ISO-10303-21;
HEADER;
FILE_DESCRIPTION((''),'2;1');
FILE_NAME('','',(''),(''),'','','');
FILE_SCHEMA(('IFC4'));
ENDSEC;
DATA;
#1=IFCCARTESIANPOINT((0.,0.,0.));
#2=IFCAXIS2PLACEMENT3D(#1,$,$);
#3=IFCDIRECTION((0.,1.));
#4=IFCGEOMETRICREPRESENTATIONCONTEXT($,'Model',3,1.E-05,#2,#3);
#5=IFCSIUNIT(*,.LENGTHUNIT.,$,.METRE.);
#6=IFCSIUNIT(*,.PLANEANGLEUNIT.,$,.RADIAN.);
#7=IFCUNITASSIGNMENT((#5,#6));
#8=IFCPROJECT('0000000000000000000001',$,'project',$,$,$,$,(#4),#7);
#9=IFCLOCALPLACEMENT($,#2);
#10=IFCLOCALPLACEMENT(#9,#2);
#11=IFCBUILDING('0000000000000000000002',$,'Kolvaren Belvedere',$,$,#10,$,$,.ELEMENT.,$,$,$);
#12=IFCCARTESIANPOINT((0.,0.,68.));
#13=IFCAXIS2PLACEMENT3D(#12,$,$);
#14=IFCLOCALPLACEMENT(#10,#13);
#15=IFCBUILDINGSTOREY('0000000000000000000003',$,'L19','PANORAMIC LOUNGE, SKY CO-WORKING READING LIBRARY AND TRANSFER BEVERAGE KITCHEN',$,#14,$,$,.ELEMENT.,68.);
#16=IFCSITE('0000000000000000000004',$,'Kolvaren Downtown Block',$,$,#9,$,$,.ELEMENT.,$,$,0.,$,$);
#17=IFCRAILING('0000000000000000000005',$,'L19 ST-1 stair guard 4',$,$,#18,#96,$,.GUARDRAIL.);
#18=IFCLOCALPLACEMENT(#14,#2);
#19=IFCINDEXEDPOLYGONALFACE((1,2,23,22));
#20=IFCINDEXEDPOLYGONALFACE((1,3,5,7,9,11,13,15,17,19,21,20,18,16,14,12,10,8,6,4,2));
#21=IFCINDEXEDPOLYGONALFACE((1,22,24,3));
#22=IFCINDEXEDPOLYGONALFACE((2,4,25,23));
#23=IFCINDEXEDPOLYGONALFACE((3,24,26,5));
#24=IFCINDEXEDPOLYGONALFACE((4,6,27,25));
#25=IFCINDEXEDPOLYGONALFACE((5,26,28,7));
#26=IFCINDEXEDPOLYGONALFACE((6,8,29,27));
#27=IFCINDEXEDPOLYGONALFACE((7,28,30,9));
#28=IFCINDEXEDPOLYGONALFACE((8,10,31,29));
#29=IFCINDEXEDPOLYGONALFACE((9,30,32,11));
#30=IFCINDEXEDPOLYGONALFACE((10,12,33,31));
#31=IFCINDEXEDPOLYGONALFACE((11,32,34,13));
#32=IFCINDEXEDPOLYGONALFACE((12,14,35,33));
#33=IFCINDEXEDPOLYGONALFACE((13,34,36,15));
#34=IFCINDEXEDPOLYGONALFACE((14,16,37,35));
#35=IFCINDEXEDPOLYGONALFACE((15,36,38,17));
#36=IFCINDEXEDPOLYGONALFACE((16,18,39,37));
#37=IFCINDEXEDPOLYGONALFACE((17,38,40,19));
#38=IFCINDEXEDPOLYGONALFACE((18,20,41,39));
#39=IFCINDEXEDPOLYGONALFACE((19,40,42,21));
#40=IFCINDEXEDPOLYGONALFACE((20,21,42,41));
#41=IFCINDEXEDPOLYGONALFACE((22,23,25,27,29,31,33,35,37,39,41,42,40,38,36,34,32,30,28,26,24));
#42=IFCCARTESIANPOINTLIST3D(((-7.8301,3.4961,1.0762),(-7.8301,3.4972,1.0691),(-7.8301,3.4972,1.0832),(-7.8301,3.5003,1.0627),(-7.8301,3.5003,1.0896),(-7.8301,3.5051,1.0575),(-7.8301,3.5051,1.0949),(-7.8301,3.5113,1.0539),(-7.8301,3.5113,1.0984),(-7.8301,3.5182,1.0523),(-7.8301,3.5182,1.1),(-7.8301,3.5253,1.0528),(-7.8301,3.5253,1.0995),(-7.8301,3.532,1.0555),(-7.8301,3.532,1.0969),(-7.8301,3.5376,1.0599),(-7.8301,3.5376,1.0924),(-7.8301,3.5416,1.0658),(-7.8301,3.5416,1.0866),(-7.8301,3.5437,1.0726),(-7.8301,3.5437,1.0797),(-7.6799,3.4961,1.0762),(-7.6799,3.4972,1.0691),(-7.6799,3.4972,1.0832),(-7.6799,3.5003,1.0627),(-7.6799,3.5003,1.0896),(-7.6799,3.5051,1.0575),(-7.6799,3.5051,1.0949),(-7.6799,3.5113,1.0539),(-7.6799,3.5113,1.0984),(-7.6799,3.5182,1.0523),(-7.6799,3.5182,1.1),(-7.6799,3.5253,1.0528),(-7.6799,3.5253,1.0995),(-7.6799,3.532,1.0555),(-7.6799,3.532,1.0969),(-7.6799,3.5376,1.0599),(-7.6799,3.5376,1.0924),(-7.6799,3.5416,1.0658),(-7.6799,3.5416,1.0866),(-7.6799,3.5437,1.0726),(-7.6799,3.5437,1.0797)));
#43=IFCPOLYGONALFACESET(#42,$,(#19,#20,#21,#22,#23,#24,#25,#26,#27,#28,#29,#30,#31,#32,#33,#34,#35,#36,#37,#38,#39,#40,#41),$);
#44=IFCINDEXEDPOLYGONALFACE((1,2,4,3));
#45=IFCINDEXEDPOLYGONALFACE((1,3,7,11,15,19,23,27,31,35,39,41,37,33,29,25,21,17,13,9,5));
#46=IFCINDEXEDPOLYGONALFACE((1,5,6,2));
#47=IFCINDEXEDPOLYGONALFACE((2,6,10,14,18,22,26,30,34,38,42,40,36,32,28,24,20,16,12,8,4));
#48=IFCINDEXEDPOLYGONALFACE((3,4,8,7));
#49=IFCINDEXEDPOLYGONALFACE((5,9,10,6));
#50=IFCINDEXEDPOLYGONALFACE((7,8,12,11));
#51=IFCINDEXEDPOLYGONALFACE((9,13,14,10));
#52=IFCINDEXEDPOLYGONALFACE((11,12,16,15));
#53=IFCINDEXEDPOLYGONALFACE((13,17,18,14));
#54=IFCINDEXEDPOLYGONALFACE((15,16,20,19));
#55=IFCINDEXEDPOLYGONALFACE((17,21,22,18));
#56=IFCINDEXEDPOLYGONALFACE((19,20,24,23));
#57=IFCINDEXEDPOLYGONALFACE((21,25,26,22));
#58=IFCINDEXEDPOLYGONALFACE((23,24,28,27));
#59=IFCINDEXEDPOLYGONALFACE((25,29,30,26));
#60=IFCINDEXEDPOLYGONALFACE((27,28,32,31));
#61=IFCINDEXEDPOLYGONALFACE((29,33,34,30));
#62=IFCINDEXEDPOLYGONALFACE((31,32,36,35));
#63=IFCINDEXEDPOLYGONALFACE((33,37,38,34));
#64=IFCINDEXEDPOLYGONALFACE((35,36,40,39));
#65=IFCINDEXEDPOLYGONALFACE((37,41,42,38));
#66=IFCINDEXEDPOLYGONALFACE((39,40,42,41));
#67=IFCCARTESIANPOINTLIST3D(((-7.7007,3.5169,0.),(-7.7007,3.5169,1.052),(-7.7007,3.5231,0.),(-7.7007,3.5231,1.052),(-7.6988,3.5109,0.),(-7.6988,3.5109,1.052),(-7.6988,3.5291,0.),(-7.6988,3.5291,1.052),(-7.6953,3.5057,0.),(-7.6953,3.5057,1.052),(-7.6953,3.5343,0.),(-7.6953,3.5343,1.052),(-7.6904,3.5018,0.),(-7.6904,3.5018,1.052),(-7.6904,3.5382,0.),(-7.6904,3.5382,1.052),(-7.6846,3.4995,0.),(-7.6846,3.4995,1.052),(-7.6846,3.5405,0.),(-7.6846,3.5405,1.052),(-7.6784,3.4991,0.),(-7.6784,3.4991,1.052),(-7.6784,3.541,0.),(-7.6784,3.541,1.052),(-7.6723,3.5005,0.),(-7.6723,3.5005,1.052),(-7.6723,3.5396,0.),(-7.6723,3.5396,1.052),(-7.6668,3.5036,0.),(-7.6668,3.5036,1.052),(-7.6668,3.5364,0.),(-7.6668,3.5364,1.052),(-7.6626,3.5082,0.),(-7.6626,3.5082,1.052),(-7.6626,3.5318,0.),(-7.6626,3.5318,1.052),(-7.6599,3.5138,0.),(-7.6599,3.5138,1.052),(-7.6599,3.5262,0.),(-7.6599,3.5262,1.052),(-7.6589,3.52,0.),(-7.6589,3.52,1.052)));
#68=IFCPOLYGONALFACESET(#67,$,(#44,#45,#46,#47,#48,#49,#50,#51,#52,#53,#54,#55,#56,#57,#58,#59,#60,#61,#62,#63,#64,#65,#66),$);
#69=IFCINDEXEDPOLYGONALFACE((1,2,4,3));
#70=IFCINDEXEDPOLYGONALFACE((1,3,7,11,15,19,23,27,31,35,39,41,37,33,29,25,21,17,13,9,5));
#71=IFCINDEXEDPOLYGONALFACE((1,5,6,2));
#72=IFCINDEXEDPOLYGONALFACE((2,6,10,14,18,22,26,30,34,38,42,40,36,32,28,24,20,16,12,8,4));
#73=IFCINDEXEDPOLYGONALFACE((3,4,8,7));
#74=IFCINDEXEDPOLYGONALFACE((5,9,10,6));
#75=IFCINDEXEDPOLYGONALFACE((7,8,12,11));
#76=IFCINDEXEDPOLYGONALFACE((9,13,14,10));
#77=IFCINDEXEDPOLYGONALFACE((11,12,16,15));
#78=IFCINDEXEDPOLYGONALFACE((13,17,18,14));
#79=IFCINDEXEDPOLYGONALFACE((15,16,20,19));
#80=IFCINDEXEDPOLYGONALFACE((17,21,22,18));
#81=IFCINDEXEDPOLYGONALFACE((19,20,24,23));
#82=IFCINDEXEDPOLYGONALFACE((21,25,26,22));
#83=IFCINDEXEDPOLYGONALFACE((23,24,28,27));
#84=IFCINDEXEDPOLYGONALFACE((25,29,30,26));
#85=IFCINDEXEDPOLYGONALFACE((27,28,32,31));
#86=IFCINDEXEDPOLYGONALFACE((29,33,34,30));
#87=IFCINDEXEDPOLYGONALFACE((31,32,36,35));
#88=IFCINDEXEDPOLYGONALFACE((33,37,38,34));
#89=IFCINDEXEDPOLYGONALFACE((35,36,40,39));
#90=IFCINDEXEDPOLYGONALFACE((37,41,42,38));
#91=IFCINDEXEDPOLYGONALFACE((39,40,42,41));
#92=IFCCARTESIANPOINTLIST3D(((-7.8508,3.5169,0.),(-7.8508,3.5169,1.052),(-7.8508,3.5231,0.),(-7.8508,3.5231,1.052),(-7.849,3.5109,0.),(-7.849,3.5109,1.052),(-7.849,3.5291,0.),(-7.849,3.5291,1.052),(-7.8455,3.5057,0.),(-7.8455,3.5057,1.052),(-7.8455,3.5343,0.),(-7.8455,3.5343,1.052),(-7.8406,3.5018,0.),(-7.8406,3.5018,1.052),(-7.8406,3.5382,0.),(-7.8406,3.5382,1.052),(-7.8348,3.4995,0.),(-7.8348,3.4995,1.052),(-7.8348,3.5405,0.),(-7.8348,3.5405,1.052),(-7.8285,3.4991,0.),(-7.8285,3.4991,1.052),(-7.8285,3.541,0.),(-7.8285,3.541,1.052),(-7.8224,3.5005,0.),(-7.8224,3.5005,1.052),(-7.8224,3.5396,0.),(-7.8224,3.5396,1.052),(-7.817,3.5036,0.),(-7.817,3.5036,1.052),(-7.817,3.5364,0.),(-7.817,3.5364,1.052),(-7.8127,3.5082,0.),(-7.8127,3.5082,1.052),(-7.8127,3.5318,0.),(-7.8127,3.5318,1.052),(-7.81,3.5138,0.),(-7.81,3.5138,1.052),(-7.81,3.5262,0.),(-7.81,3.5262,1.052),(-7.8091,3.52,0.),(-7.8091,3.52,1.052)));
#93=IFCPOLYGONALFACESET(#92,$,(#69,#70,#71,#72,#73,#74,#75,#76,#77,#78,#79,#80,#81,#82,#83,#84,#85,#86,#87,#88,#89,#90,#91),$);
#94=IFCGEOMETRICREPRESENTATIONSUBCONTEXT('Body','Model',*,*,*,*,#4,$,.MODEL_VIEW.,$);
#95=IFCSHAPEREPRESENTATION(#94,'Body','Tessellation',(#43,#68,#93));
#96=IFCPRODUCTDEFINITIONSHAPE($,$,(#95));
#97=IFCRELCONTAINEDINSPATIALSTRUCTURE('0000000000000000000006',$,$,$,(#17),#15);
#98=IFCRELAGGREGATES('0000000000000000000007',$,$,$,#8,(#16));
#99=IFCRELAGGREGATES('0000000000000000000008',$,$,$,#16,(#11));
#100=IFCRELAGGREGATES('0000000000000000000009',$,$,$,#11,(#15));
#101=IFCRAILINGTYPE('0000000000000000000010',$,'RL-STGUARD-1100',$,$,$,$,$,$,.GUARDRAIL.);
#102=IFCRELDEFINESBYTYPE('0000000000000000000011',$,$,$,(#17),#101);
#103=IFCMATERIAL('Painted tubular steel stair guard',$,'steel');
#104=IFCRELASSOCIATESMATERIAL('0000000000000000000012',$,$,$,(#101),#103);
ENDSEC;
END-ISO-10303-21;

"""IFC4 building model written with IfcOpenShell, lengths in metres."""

from ifc_helpers import new_model, si_unit, direction, frame, origin, origin_2d, place, context, subcontext, project, spatial, circle, extrude, material, type_object, element, save


model = new_model("IFC4")

# Units and contexts
model_context = context("Model", 3, precision=1e-05, world=origin(), true_north=direction((0.0, 1.0)))
body_context = subcontext(model_context, "Body", "Model", "MODEL_VIEW")
ifc_project = project(units=[si_unit("LENGTHUNIT", "METRE"), si_unit("PLANEANGLEUNIT", "RADIAN")], contexts=[model_context])

# Site, building, storey
site_placement = place(None, origin())
site = spatial("IfcSite", under=ifc_project, at=site_placement, Name="Kolvaren Downtown Block", CompositionType="ELEMENT", RefElevation=0.0)
building_placement = place(site_placement, origin())
building = spatial("IfcBuilding", under=site, at=building_placement, Name="Kolvaren Belvedere", CompositionType="ELEMENT")
storey_placement = place(building_placement, frame((0.0, 0.0, 68.0)))
storey = spatial("IfcBuildingStorey", under=building, at=storey_placement, Name="L19", Description="PANORAMIC LOUNGE, SKY CO-WORKING READING LIBRARY AND TRANSFER BEVERAGE KITCHEN", CompositionType="ELEMENT", Elevation=68.0)

# Railing
ifc_material_1 = material(Name="Painted tubular steel stair guard", Category="steel")
railing_type_1 = type_object("IfcRailingType", Name="RL-STGUARD-1100", PredefinedType="GUARDRAIL", material=ifc_material_1)
railing_1_placement = place(storey_placement, frame((-7.6799, 3.52, 0.0)))
element("IfcRailing", 1, at=railing_1_placement, inside=storey, type_object=railing_type_1, Name="L19 ST-1 stair guard 4", PredefinedType="GUARDRAIL", context=body_context, shape_type="SweptSolid", body=[
    extrude(circle(Radius=0.0239, at=origin_2d()), frame((0.0, 0.0, 1.0762), z_axis=(-1.0, 0.0, 0.0), x_axis=(0.0, -1.0, 0.0)), (0.0, 0.0, 1.0), 0.1501),
    extrude(circle(Radius=0.021, at=origin_2d()), origin(), (0.0, 0.0, 1.0), 1.052),
    extrude(circle(Radius=0.021, at=origin_2d()), frame((-0.1501, 0.0, 0.0)), (0.0, 0.0, 1.0), 1.052),
])

save(model, "model.ifc")
